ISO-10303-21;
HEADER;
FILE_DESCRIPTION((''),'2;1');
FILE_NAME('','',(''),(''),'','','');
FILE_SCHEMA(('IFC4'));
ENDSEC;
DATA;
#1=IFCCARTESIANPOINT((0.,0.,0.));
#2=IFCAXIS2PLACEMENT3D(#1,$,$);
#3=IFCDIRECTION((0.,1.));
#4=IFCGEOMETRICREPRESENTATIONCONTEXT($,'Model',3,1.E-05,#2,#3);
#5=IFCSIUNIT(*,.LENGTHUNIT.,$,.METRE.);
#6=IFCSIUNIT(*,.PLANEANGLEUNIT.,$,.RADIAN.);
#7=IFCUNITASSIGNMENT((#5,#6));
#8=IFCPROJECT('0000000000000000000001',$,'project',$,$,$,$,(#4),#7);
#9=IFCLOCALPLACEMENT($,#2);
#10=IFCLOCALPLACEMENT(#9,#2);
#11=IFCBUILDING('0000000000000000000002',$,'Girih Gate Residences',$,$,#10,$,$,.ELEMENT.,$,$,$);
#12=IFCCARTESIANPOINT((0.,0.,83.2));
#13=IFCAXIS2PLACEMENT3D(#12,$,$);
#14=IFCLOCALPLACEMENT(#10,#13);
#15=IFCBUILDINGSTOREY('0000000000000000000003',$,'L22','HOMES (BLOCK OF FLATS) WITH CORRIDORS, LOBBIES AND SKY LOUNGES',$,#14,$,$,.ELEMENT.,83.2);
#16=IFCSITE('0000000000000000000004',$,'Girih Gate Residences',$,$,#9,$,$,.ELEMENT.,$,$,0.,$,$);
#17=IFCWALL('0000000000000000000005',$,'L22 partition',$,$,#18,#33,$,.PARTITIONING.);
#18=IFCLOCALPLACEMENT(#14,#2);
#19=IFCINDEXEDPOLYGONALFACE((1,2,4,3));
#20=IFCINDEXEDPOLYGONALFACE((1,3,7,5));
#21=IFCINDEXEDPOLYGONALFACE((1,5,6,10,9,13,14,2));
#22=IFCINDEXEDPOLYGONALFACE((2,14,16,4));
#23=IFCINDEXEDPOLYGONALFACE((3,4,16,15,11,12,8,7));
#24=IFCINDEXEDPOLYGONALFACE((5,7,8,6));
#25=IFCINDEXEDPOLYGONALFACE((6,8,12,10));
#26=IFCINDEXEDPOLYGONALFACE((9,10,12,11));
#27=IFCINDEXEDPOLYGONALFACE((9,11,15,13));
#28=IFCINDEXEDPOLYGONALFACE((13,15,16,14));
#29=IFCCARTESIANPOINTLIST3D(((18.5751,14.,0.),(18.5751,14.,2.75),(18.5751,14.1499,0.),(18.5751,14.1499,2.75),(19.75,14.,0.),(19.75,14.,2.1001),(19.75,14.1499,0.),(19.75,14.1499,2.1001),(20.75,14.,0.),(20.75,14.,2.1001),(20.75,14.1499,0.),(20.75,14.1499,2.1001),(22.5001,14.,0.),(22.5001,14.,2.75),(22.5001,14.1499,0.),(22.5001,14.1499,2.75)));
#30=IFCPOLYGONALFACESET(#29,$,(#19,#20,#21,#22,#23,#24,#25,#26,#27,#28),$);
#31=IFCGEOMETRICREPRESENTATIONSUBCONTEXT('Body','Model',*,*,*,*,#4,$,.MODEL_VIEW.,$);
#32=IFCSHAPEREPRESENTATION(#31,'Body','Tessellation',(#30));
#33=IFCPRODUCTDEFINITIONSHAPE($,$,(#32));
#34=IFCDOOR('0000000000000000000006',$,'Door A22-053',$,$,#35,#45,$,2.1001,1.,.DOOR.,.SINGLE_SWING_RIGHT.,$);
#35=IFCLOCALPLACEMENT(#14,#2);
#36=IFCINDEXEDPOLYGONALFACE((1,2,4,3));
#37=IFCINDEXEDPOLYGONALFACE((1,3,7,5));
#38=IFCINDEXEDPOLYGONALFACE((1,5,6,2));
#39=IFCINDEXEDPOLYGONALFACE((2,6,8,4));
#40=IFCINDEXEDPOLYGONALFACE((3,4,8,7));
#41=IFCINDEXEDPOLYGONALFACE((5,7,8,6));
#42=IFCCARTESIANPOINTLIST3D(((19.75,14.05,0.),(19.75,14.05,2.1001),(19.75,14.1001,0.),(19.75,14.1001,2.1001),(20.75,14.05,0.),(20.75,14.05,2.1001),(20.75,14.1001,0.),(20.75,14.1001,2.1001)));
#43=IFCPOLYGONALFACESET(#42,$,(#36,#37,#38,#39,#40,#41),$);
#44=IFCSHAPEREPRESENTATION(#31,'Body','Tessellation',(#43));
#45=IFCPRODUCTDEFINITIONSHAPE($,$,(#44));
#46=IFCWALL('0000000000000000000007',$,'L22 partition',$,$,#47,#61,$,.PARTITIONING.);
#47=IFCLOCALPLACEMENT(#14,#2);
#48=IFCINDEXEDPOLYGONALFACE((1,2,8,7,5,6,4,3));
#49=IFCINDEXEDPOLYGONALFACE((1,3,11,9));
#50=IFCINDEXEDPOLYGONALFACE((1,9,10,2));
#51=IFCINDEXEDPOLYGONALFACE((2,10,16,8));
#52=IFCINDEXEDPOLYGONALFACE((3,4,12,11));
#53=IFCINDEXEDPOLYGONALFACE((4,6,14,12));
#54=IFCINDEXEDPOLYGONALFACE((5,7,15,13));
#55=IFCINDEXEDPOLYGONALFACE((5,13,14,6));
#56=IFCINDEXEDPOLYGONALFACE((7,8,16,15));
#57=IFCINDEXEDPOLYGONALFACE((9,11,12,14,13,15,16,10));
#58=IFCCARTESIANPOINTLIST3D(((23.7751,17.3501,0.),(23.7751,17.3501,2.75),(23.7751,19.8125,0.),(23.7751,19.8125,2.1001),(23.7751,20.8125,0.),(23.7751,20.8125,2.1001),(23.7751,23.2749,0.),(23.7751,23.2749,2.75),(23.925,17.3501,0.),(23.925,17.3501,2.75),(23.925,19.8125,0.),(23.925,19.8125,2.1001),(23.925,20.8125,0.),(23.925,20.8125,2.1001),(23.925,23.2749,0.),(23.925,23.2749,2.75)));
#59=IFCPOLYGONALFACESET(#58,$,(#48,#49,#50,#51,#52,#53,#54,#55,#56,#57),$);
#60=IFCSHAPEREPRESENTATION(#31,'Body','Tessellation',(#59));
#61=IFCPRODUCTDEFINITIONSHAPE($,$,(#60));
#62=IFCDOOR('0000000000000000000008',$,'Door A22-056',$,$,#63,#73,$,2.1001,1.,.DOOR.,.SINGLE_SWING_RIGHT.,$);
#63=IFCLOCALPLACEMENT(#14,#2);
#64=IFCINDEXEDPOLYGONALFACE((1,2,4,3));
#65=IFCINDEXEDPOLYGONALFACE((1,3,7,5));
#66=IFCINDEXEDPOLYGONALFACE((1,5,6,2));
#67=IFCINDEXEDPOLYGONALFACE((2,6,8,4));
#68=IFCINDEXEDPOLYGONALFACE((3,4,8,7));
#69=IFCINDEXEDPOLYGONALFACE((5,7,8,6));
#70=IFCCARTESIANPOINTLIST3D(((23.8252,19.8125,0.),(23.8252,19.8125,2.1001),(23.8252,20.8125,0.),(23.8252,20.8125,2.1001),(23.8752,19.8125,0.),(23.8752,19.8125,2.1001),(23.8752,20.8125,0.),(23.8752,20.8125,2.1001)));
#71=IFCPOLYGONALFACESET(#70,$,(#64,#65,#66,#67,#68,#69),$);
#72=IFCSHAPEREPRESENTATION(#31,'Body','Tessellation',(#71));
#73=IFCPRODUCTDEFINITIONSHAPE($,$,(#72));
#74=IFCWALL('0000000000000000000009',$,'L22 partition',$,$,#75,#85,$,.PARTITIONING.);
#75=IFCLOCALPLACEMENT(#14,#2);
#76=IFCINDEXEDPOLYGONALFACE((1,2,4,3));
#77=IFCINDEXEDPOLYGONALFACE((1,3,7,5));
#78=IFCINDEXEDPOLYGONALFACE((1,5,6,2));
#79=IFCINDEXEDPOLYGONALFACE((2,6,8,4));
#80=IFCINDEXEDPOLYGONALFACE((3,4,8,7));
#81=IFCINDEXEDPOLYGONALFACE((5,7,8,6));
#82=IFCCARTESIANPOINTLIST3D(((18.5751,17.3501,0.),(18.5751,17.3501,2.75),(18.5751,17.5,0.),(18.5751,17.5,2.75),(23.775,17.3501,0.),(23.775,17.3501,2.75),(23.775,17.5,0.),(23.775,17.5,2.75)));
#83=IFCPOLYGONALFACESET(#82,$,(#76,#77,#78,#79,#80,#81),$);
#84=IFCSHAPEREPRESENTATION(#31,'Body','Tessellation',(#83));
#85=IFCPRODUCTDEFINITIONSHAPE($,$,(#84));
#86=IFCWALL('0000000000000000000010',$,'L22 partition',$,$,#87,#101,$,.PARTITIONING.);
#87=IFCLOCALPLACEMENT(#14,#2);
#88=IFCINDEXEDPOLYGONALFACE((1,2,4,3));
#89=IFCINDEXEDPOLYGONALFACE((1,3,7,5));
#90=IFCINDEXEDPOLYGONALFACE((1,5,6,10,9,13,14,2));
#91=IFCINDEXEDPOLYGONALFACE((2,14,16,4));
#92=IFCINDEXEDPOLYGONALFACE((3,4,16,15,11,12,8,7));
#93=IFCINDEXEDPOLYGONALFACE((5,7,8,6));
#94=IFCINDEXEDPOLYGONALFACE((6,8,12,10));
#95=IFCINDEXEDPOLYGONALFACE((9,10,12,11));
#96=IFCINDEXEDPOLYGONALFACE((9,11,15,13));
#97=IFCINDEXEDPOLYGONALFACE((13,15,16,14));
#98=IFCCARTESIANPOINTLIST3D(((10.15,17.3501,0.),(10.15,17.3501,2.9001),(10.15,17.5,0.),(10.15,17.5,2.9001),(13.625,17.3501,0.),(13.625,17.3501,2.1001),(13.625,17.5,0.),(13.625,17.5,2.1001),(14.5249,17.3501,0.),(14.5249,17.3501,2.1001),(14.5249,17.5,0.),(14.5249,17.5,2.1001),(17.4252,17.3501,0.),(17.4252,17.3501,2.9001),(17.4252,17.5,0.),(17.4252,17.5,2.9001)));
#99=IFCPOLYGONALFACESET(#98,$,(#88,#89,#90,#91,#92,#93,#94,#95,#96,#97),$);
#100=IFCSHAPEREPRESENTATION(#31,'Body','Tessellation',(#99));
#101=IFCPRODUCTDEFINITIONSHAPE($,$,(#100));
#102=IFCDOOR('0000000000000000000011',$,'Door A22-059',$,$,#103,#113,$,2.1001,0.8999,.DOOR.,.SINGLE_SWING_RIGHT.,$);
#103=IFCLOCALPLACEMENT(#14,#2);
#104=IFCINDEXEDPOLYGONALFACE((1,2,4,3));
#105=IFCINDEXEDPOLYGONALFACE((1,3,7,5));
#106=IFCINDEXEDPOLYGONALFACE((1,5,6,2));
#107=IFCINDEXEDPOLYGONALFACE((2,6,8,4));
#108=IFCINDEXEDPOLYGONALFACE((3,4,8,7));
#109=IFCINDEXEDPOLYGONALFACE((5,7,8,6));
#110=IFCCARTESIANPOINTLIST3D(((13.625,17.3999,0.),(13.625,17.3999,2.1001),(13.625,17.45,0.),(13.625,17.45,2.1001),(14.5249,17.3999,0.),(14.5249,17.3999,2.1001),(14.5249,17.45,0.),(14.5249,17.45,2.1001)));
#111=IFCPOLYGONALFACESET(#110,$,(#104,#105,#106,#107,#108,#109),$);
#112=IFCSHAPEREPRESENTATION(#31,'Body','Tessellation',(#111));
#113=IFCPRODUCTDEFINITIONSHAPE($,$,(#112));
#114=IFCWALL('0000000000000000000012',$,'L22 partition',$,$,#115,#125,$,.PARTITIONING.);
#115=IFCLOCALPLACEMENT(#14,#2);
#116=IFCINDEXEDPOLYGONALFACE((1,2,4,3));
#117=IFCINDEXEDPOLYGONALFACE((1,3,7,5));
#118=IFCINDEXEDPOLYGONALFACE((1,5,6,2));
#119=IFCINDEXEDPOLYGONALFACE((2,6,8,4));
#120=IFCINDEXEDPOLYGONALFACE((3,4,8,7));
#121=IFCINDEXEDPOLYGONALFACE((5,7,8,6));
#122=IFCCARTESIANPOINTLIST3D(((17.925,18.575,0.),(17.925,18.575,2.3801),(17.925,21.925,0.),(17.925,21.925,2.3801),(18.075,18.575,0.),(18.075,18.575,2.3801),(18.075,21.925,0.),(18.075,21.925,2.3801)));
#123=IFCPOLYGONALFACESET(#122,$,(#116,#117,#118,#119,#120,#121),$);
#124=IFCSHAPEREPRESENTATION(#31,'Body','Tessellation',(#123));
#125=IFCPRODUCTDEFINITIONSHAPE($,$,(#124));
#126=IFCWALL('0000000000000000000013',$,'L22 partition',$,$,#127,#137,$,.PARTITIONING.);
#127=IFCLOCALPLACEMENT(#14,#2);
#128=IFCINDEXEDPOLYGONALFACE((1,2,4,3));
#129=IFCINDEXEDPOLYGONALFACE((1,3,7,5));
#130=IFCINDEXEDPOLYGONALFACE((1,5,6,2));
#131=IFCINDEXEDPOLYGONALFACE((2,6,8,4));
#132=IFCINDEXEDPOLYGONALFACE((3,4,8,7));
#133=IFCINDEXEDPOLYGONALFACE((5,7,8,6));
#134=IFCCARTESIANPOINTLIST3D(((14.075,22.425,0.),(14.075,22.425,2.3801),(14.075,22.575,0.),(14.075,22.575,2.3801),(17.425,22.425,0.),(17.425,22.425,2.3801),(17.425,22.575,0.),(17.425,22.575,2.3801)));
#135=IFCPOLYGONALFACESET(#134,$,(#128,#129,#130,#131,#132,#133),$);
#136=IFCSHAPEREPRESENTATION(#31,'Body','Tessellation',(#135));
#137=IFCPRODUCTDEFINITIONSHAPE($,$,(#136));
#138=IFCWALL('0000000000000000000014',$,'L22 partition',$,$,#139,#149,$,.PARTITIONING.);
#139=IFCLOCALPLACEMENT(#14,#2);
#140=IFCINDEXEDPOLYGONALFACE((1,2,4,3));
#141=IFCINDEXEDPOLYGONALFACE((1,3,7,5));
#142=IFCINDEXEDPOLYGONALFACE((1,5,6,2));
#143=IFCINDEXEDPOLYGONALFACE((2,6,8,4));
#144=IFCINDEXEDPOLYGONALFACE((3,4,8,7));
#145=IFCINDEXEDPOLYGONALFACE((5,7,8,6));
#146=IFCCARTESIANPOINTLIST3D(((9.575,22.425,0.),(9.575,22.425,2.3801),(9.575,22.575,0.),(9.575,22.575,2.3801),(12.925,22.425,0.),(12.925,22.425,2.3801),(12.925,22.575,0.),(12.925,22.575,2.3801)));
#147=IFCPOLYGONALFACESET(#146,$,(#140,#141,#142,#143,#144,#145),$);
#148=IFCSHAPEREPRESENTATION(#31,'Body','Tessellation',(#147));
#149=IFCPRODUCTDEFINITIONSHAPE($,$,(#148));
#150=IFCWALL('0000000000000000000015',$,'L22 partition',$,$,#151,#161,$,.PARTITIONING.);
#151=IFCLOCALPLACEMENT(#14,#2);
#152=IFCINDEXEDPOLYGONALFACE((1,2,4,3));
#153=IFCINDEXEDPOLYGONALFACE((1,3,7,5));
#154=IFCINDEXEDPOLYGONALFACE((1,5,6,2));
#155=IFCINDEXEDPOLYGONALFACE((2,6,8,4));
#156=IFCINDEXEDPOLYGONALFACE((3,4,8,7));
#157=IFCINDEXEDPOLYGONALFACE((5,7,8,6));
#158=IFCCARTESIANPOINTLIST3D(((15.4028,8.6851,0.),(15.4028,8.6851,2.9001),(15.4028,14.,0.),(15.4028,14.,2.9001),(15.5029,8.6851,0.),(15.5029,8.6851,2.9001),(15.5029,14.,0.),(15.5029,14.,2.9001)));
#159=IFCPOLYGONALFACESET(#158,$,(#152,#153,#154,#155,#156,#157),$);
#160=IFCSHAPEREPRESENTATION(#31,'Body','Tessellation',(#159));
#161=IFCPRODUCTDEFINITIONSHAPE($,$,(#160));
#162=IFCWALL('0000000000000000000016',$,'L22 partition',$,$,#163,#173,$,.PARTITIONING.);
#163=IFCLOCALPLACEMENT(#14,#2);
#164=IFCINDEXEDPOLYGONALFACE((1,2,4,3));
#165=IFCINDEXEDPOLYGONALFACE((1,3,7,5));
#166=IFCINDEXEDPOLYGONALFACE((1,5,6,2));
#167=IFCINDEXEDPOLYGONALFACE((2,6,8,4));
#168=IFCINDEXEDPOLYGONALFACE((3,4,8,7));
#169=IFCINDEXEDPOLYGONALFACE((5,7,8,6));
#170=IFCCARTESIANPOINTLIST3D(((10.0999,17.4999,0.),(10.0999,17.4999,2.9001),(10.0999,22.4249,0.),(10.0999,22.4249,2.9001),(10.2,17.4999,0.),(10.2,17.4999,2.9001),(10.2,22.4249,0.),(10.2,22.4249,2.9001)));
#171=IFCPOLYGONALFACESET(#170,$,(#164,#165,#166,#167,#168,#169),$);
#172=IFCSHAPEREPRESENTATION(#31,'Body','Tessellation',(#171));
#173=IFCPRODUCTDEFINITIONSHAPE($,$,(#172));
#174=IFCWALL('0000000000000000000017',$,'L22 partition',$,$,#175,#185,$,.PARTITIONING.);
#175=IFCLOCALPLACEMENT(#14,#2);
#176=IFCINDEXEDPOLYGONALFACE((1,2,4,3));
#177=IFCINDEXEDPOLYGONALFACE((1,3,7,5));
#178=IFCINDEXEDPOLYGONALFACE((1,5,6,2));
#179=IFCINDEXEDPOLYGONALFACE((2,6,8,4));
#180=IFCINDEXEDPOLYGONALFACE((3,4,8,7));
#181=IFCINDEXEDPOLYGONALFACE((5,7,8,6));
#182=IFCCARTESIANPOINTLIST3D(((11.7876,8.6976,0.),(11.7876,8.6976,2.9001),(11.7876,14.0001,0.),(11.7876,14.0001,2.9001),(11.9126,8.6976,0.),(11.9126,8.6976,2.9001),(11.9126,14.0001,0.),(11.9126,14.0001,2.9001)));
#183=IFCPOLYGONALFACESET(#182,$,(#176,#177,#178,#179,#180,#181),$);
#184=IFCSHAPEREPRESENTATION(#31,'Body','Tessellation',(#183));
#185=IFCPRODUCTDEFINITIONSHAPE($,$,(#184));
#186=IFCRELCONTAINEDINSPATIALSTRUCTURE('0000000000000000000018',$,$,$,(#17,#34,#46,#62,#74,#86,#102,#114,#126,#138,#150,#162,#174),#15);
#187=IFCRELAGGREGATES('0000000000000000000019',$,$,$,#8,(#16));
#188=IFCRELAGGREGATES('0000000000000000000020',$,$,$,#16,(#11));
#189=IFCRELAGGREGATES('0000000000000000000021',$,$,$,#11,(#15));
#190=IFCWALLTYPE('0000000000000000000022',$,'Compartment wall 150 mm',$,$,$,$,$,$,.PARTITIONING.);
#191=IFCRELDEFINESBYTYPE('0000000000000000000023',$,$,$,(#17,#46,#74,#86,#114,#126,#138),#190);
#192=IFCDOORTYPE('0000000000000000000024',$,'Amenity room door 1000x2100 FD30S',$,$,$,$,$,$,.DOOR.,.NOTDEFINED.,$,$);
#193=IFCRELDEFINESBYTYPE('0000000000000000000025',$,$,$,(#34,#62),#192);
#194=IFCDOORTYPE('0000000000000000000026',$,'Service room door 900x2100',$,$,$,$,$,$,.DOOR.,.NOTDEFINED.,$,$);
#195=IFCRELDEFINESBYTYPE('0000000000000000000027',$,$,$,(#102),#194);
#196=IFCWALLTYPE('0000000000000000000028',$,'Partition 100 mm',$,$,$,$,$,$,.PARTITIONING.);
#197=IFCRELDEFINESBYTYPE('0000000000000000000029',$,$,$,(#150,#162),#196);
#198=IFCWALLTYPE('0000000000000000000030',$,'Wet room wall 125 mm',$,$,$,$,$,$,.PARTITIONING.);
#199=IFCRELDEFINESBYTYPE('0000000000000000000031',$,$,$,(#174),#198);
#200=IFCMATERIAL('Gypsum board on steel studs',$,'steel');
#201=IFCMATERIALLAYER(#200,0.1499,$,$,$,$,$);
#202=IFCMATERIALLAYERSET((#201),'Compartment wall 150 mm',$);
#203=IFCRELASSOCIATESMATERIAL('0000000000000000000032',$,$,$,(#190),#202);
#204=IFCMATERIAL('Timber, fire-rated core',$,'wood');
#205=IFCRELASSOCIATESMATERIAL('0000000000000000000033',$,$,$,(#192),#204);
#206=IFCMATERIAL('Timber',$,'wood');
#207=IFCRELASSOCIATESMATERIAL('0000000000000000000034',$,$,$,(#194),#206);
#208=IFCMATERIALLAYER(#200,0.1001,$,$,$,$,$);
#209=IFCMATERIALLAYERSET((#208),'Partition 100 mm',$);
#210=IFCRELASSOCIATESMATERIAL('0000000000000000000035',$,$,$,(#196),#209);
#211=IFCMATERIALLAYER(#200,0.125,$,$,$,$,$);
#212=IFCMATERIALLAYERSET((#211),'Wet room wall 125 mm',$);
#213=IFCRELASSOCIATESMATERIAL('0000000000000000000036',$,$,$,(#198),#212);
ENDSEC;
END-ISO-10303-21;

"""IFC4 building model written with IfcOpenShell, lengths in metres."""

from ifc_helpers import new_model, si_unit, direction, frame, frame_2d, origin, place, context, subcontext, project, spatial, rectangle, extrude, material, layer, layer_set, type_object, element, fill, save


model = new_model("IFC4")

# Units and contexts
model_context = context("Model", 3, precision=1e-05, world=origin(), true_north=direction((0.0, 1.0)))
body_context = subcontext(model_context, "Body", "Model", "MODEL_VIEW")
ifc_project = project(units=[si_unit("LENGTHUNIT", "METRE"), si_unit("PLANEANGLEUNIT", "RADIAN")], contexts=[model_context])

# Site, building, storey
site_placement = place(None, origin())
site = spatial("IfcSite", under=ifc_project, at=site_placement, Name="Girih Gate Residences", CompositionType="ELEMENT", RefElevation=0.0)
building_placement = place(site_placement, origin())
building = spatial("IfcBuilding", under=site, at=building_placement, Name="Girih Gate Residences", CompositionType="ELEMENT")
storey_placement = place(building_placement, frame((0.0, 0.0, 83.2)))
storey = spatial("IfcBuildingStorey", under=building, at=storey_placement, Name="L22", Description="HOMES (BLOCK OF FLATS) WITH CORRIDORS, LOBBIES AND SKY LOUNGES", CompositionType="ELEMENT", Elevation=83.2)

# Shared definitions
ifc_material_1 = material(Name="Gypsum board on steel studs", Category="steel")
ifc_layer_1 = layer(ifc_material_1, 0.1499)
ifc_layer_set_1 = layer_set([ifc_layer_1], Name="Compartment wall 150 mm")
wall_type_1 = type_object("IfcWallType", Name="Compartment wall 150 mm", PredefinedType="PARTITIONING", material=ifc_layer_set_1)

# Walls, openings, doors
ifc_material_2 = material(Name="Timber, fire-rated core", Category="wood")
wall_1_placement = place(storey_placement, frame((22.5, 14.075, 0.0), z_axis=(0.0, 0.0, 1.0), x_axis=(-1.0, 0.0, 0.0)))
wall_1 = element("IfcWall", 1, at=wall_1_placement, inside=storey, type_object=wall_type_1, Name="L22 partition", PredefinedType="PARTITIONING", context=body_context, shape_type="SweptSolid", body=[
    extrude(rectangle(XDim=3.925, YDim=0.1499, at=frame_2d((1.9624, 0.0))), origin(), (0.0, 0.0, 1.0), 2.75),
])
opening_1_placement = place(wall_1_placement, frame((1.75, 0.0, 0.0)))
opening_1 = element("IfcOpeningElement", 2, at=opening_1_placement, cuts=wall_1, PredefinedType="OPENING", context=body_context, shape_type="SweptSolid", body=[
    extrude(rectangle(XDim=1.0, YDim=2.1001, at=frame_2d((0.5, 1.05))), frame((0.0, 0.085, 0.0), z_axis=(0.0, -1.0, 0.0), x_axis=(1.0, 0.0, 0.0)), (0.0, 0.0, 1.0), 0.1699),
])
door_type_1 = type_object("IfcDoorType", Name="Amenity room door 1000x2100 FD30S", OperationType="NOTDEFINED", PredefinedType="DOOR", material=ifc_material_2)
door_1_placement = place(opening_1_placement, origin())
door_1 = element("IfcDoor", 3, at=door_1_placement, inside=storey, type_object=door_type_1, Name="Door A22-053", OperationType="SINGLE_SWING_RIGHT", OverallHeight=2.1001, OverallWidth=1.0, PredefinedType="DOOR", context=body_context, shape_type="SweptSolid", body=[
    extrude(rectangle(XDim=1.0, YDim=2.1001, at=frame_2d((0.5, 1.05))), frame((0.0, 0.0249, 0.0), z_axis=(0.0, -1.0, 0.0), x_axis=(1.0, 0.0, 0.0)), (0.0, 0.0, 1.0), 0.05),
])
fill(opening_1, door_1)
wall_2_placement = place(storey_placement, frame((23.8501, 17.3501, 0.0), z_axis=(0.0, 0.0, 1.0), x_axis=(0.0, 1.0, 0.0)))
wall_2 = element("IfcWall", 4, at=wall_2_placement, inside=storey, type_object=wall_type_1, Name="L22 partition", PredefinedType="PARTITIONING", context=body_context, shape_type="SweptSolid", body=[
    extrude(rectangle(XDim=5.9248, YDim=0.1499, at=frame_2d((2.9624, 0.0))), origin(), (0.0, 0.0, 1.0), 2.75),
])
opening_2_placement = place(wall_2_placement, frame((2.4624, 0.0, 0.0)))
opening_2 = element("IfcOpeningElement", 5, at=opening_2_placement, cuts=wall_2, PredefinedType="OPENING", context=body_context, shape_type="SweptSolid", body=[
    extrude(rectangle(XDim=1.0, YDim=2.1001, at=frame_2d((0.5, 1.05))), frame((0.0, 0.085, 0.0), z_axis=(0.0, -1.0, 0.0), x_axis=(1.0, 0.0, 0.0)), (0.0, 0.0, 1.0), 0.1699),
])
door_2_placement = place(opening_2_placement, origin())
door_2 = element("IfcDoor", 6, at=door_2_placement, inside=storey, type_object=door_type_1, Name="Door A22-056", OperationType="SINGLE_SWING_RIGHT", OverallHeight=2.1001, OverallWidth=1.0, PredefinedType="DOOR", context=body_context, shape_type="SweptSolid", body=[
    extrude(rectangle(XDim=1.0, YDim=2.1001, at=frame_2d((0.5, 1.05))), frame((0.0, 0.0249, 0.0), z_axis=(0.0, -1.0, 0.0), x_axis=(1.0, 0.0, 0.0)), (0.0, 0.0, 1.0), 0.05),
])
fill(opening_2, door_2)

# Wall
wall_3_placement = place(storey_placement, frame((18.575, 17.425, 0.0), z_axis=(0.0, 0.0, 1.0), x_axis=(1.0, 0.0, 0.0)))
element("IfcWall", 7, at=wall_3_placement, inside=storey, type_object=wall_type_1, Name="L22 partition", PredefinedType="PARTITIONING", context=body_context, shape_type="SweptSolid", body=[
    extrude(rectangle(XDim=5.2, YDim=0.1499, at=frame_2d((2.6001, 0.0))), origin(), (0.0, 0.0, 1.0), 2.75),
])

# Wall, opening, door
wall_4_placement = place(storey_placement, frame((10.1499, 17.425, 0.0), z_axis=(0.0, 0.0, 1.0), x_axis=(1.0, 0.0, 0.0)))
wall_4 = element("IfcWall", 8, at=wall_4_placement, inside=storey, type_object=wall_type_1, Name="L22 partition", PredefinedType="PARTITIONING", context=body_context, shape_type="SweptSolid", body=[
    extrude(rectangle(XDim=7.2751, YDim=0.1499, at=frame_2d((3.6377, 0.0))), origin(), (0.0, 0.0, 1.0), 2.9001),
])
opening_3_placement = place(wall_4_placement, frame((3.4751, 0.0, 0.0)))
opening_3 = element("IfcOpeningElement", 9, at=opening_3_placement, cuts=wall_4, PredefinedType="OPENING", context=body_context, shape_type="SweptSolid", body=[
    extrude(rectangle(XDim=0.8999, YDim=2.1001, at=frame_2d((0.45, 1.05))), frame((0.0, 0.085, 0.0), z_axis=(0.0, -1.0, 0.0), x_axis=(1.0, 0.0, 0.0)), (0.0, 0.0, 1.0), 0.1699),
])
ifc_material_3 = material(Name="Timber", Category="wood")
door_type_2 = type_object("IfcDoorType", Name="Service room door 900x2100", OperationType="NOTDEFINED", PredefinedType="DOOR", material=ifc_material_3)
door_3_placement = place(opening_3_placement, origin())
door_3 = element("IfcDoor", 10, at=door_3_placement, inside=storey, type_object=door_type_2, Name="Door A22-059", OperationType="SINGLE_SWING_RIGHT", OverallHeight=2.1001, OverallWidth=0.8999, PredefinedType="DOOR", context=body_context, shape_type="SweptSolid", body=[
    extrude(rectangle(XDim=0.8999, YDim=2.1001, at=frame_2d((0.45, 1.05))), frame((0.0, 0.0249, 0.0), z_axis=(0.0, -1.0, 0.0), x_axis=(1.0, 0.0, 0.0)), (0.0, 0.0, 1.0), 0.05),
])
fill(opening_3, door_3)

# Walls
for number, where, z_axis, x_axis, name in (
    (11, (18.0, 18.575, 0.0), (0.0, 0.0, 1.0), (0.0, 1.0, 0.0), "L22 partition"),
    (12, (14.075, 22.5, 0.0), (0.0, 0.0, 1.0), (1.0, 0.0, 0.0), "L22 partition"),
    (13, (9.575, 22.5, 0.0), (0.0, 0.0, 1.0), (1.0, 0.0, 0.0), "L22 partition"),
):
    element("IfcWall", number, at=place(storey_placement, frame(where, z_axis=z_axis, x_axis=x_axis)), inside=storey, type_object=wall_type_1, Name=name, PredefinedType="PARTITIONING", context=body_context, shape_type="SweptSolid", body=[
        extrude(rectangle(XDim=3.3501, YDim=0.1499, at=frame_2d((1.675, 0.0))), origin(), (0.0, 0.0, 1.0), 2.3801),
    ])
ifc_layer_2 = layer(ifc_material_1, 0.1001)
ifc_layer_set_2 = layer_set([ifc_layer_2], Name="Partition 100 mm")
wall_type_2 = type_object("IfcWallType", Name="Partition 100 mm", PredefinedType="PARTITIONING", material=ifc_layer_set_2)
wall_5_placement = place(storey_placement, frame((15.4529, 8.6851, 0.0), z_axis=(0.0, 0.0, 1.0), x_axis=(0.0, 1.0, 0.0)))
element("IfcWall", 14, at=wall_5_placement, inside=storey, type_object=wall_type_2, Name="L22 partition", PredefinedType="PARTITIONING", context=body_context, shape_type="SweptSolid", body=[
    extrude(rectangle(XDim=5.3149, YDim=0.1001, at=frame_2d((2.6575, 0.0))), origin(), (0.0, 0.0, 1.0), 2.9001),
])
wall_6_placement = place(storey_placement, frame((10.1499, 17.5, 0.0), z_axis=(0.0, 0.0, 1.0), x_axis=(0.0, 1.0, 0.0)))
element("IfcWall", 15, at=wall_6_placement, inside=storey, type_object=wall_type_2, Name="L22 partition", PredefinedType="PARTITIONING", context=body_context, shape_type="SweptSolid", body=[
    extrude(rectangle(XDim=4.925, YDim=0.1001, at=frame_2d((2.4624, 0.0))), origin(), (0.0, 0.0, 1.0), 2.9001),
])
ifc_layer_3 = layer(ifc_material_1, 0.125)
ifc_layer_set_3 = layer_set([ifc_layer_3], Name="Wet room wall 125 mm")
wall_type_3 = type_object("IfcWallType", Name="Wet room wall 125 mm", PredefinedType="PARTITIONING", material=ifc_layer_set_3)
for number, where, z_axis, x_axis, name in (
    (16, (11.8501, 8.6975, 0.0), (0.0, 0.0, 1.0), (0.0, 1.0, 0.0), "L22 partition"),
):
    element("IfcWall", number, at=place(storey_placement, frame(where, z_axis=z_axis, x_axis=x_axis)), inside=storey, type_object=wall_type_3, Name=name, PredefinedType="PARTITIONING", context=body_context, shape_type="SweptSolid", body=[
        extrude(rectangle(XDim=5.3025, YDim=0.125, at=frame_2d((2.6514, 0.0))), origin(), (0.0, 0.0, 1.0), 2.9001),
    ])

save(model, "model.ifc")
